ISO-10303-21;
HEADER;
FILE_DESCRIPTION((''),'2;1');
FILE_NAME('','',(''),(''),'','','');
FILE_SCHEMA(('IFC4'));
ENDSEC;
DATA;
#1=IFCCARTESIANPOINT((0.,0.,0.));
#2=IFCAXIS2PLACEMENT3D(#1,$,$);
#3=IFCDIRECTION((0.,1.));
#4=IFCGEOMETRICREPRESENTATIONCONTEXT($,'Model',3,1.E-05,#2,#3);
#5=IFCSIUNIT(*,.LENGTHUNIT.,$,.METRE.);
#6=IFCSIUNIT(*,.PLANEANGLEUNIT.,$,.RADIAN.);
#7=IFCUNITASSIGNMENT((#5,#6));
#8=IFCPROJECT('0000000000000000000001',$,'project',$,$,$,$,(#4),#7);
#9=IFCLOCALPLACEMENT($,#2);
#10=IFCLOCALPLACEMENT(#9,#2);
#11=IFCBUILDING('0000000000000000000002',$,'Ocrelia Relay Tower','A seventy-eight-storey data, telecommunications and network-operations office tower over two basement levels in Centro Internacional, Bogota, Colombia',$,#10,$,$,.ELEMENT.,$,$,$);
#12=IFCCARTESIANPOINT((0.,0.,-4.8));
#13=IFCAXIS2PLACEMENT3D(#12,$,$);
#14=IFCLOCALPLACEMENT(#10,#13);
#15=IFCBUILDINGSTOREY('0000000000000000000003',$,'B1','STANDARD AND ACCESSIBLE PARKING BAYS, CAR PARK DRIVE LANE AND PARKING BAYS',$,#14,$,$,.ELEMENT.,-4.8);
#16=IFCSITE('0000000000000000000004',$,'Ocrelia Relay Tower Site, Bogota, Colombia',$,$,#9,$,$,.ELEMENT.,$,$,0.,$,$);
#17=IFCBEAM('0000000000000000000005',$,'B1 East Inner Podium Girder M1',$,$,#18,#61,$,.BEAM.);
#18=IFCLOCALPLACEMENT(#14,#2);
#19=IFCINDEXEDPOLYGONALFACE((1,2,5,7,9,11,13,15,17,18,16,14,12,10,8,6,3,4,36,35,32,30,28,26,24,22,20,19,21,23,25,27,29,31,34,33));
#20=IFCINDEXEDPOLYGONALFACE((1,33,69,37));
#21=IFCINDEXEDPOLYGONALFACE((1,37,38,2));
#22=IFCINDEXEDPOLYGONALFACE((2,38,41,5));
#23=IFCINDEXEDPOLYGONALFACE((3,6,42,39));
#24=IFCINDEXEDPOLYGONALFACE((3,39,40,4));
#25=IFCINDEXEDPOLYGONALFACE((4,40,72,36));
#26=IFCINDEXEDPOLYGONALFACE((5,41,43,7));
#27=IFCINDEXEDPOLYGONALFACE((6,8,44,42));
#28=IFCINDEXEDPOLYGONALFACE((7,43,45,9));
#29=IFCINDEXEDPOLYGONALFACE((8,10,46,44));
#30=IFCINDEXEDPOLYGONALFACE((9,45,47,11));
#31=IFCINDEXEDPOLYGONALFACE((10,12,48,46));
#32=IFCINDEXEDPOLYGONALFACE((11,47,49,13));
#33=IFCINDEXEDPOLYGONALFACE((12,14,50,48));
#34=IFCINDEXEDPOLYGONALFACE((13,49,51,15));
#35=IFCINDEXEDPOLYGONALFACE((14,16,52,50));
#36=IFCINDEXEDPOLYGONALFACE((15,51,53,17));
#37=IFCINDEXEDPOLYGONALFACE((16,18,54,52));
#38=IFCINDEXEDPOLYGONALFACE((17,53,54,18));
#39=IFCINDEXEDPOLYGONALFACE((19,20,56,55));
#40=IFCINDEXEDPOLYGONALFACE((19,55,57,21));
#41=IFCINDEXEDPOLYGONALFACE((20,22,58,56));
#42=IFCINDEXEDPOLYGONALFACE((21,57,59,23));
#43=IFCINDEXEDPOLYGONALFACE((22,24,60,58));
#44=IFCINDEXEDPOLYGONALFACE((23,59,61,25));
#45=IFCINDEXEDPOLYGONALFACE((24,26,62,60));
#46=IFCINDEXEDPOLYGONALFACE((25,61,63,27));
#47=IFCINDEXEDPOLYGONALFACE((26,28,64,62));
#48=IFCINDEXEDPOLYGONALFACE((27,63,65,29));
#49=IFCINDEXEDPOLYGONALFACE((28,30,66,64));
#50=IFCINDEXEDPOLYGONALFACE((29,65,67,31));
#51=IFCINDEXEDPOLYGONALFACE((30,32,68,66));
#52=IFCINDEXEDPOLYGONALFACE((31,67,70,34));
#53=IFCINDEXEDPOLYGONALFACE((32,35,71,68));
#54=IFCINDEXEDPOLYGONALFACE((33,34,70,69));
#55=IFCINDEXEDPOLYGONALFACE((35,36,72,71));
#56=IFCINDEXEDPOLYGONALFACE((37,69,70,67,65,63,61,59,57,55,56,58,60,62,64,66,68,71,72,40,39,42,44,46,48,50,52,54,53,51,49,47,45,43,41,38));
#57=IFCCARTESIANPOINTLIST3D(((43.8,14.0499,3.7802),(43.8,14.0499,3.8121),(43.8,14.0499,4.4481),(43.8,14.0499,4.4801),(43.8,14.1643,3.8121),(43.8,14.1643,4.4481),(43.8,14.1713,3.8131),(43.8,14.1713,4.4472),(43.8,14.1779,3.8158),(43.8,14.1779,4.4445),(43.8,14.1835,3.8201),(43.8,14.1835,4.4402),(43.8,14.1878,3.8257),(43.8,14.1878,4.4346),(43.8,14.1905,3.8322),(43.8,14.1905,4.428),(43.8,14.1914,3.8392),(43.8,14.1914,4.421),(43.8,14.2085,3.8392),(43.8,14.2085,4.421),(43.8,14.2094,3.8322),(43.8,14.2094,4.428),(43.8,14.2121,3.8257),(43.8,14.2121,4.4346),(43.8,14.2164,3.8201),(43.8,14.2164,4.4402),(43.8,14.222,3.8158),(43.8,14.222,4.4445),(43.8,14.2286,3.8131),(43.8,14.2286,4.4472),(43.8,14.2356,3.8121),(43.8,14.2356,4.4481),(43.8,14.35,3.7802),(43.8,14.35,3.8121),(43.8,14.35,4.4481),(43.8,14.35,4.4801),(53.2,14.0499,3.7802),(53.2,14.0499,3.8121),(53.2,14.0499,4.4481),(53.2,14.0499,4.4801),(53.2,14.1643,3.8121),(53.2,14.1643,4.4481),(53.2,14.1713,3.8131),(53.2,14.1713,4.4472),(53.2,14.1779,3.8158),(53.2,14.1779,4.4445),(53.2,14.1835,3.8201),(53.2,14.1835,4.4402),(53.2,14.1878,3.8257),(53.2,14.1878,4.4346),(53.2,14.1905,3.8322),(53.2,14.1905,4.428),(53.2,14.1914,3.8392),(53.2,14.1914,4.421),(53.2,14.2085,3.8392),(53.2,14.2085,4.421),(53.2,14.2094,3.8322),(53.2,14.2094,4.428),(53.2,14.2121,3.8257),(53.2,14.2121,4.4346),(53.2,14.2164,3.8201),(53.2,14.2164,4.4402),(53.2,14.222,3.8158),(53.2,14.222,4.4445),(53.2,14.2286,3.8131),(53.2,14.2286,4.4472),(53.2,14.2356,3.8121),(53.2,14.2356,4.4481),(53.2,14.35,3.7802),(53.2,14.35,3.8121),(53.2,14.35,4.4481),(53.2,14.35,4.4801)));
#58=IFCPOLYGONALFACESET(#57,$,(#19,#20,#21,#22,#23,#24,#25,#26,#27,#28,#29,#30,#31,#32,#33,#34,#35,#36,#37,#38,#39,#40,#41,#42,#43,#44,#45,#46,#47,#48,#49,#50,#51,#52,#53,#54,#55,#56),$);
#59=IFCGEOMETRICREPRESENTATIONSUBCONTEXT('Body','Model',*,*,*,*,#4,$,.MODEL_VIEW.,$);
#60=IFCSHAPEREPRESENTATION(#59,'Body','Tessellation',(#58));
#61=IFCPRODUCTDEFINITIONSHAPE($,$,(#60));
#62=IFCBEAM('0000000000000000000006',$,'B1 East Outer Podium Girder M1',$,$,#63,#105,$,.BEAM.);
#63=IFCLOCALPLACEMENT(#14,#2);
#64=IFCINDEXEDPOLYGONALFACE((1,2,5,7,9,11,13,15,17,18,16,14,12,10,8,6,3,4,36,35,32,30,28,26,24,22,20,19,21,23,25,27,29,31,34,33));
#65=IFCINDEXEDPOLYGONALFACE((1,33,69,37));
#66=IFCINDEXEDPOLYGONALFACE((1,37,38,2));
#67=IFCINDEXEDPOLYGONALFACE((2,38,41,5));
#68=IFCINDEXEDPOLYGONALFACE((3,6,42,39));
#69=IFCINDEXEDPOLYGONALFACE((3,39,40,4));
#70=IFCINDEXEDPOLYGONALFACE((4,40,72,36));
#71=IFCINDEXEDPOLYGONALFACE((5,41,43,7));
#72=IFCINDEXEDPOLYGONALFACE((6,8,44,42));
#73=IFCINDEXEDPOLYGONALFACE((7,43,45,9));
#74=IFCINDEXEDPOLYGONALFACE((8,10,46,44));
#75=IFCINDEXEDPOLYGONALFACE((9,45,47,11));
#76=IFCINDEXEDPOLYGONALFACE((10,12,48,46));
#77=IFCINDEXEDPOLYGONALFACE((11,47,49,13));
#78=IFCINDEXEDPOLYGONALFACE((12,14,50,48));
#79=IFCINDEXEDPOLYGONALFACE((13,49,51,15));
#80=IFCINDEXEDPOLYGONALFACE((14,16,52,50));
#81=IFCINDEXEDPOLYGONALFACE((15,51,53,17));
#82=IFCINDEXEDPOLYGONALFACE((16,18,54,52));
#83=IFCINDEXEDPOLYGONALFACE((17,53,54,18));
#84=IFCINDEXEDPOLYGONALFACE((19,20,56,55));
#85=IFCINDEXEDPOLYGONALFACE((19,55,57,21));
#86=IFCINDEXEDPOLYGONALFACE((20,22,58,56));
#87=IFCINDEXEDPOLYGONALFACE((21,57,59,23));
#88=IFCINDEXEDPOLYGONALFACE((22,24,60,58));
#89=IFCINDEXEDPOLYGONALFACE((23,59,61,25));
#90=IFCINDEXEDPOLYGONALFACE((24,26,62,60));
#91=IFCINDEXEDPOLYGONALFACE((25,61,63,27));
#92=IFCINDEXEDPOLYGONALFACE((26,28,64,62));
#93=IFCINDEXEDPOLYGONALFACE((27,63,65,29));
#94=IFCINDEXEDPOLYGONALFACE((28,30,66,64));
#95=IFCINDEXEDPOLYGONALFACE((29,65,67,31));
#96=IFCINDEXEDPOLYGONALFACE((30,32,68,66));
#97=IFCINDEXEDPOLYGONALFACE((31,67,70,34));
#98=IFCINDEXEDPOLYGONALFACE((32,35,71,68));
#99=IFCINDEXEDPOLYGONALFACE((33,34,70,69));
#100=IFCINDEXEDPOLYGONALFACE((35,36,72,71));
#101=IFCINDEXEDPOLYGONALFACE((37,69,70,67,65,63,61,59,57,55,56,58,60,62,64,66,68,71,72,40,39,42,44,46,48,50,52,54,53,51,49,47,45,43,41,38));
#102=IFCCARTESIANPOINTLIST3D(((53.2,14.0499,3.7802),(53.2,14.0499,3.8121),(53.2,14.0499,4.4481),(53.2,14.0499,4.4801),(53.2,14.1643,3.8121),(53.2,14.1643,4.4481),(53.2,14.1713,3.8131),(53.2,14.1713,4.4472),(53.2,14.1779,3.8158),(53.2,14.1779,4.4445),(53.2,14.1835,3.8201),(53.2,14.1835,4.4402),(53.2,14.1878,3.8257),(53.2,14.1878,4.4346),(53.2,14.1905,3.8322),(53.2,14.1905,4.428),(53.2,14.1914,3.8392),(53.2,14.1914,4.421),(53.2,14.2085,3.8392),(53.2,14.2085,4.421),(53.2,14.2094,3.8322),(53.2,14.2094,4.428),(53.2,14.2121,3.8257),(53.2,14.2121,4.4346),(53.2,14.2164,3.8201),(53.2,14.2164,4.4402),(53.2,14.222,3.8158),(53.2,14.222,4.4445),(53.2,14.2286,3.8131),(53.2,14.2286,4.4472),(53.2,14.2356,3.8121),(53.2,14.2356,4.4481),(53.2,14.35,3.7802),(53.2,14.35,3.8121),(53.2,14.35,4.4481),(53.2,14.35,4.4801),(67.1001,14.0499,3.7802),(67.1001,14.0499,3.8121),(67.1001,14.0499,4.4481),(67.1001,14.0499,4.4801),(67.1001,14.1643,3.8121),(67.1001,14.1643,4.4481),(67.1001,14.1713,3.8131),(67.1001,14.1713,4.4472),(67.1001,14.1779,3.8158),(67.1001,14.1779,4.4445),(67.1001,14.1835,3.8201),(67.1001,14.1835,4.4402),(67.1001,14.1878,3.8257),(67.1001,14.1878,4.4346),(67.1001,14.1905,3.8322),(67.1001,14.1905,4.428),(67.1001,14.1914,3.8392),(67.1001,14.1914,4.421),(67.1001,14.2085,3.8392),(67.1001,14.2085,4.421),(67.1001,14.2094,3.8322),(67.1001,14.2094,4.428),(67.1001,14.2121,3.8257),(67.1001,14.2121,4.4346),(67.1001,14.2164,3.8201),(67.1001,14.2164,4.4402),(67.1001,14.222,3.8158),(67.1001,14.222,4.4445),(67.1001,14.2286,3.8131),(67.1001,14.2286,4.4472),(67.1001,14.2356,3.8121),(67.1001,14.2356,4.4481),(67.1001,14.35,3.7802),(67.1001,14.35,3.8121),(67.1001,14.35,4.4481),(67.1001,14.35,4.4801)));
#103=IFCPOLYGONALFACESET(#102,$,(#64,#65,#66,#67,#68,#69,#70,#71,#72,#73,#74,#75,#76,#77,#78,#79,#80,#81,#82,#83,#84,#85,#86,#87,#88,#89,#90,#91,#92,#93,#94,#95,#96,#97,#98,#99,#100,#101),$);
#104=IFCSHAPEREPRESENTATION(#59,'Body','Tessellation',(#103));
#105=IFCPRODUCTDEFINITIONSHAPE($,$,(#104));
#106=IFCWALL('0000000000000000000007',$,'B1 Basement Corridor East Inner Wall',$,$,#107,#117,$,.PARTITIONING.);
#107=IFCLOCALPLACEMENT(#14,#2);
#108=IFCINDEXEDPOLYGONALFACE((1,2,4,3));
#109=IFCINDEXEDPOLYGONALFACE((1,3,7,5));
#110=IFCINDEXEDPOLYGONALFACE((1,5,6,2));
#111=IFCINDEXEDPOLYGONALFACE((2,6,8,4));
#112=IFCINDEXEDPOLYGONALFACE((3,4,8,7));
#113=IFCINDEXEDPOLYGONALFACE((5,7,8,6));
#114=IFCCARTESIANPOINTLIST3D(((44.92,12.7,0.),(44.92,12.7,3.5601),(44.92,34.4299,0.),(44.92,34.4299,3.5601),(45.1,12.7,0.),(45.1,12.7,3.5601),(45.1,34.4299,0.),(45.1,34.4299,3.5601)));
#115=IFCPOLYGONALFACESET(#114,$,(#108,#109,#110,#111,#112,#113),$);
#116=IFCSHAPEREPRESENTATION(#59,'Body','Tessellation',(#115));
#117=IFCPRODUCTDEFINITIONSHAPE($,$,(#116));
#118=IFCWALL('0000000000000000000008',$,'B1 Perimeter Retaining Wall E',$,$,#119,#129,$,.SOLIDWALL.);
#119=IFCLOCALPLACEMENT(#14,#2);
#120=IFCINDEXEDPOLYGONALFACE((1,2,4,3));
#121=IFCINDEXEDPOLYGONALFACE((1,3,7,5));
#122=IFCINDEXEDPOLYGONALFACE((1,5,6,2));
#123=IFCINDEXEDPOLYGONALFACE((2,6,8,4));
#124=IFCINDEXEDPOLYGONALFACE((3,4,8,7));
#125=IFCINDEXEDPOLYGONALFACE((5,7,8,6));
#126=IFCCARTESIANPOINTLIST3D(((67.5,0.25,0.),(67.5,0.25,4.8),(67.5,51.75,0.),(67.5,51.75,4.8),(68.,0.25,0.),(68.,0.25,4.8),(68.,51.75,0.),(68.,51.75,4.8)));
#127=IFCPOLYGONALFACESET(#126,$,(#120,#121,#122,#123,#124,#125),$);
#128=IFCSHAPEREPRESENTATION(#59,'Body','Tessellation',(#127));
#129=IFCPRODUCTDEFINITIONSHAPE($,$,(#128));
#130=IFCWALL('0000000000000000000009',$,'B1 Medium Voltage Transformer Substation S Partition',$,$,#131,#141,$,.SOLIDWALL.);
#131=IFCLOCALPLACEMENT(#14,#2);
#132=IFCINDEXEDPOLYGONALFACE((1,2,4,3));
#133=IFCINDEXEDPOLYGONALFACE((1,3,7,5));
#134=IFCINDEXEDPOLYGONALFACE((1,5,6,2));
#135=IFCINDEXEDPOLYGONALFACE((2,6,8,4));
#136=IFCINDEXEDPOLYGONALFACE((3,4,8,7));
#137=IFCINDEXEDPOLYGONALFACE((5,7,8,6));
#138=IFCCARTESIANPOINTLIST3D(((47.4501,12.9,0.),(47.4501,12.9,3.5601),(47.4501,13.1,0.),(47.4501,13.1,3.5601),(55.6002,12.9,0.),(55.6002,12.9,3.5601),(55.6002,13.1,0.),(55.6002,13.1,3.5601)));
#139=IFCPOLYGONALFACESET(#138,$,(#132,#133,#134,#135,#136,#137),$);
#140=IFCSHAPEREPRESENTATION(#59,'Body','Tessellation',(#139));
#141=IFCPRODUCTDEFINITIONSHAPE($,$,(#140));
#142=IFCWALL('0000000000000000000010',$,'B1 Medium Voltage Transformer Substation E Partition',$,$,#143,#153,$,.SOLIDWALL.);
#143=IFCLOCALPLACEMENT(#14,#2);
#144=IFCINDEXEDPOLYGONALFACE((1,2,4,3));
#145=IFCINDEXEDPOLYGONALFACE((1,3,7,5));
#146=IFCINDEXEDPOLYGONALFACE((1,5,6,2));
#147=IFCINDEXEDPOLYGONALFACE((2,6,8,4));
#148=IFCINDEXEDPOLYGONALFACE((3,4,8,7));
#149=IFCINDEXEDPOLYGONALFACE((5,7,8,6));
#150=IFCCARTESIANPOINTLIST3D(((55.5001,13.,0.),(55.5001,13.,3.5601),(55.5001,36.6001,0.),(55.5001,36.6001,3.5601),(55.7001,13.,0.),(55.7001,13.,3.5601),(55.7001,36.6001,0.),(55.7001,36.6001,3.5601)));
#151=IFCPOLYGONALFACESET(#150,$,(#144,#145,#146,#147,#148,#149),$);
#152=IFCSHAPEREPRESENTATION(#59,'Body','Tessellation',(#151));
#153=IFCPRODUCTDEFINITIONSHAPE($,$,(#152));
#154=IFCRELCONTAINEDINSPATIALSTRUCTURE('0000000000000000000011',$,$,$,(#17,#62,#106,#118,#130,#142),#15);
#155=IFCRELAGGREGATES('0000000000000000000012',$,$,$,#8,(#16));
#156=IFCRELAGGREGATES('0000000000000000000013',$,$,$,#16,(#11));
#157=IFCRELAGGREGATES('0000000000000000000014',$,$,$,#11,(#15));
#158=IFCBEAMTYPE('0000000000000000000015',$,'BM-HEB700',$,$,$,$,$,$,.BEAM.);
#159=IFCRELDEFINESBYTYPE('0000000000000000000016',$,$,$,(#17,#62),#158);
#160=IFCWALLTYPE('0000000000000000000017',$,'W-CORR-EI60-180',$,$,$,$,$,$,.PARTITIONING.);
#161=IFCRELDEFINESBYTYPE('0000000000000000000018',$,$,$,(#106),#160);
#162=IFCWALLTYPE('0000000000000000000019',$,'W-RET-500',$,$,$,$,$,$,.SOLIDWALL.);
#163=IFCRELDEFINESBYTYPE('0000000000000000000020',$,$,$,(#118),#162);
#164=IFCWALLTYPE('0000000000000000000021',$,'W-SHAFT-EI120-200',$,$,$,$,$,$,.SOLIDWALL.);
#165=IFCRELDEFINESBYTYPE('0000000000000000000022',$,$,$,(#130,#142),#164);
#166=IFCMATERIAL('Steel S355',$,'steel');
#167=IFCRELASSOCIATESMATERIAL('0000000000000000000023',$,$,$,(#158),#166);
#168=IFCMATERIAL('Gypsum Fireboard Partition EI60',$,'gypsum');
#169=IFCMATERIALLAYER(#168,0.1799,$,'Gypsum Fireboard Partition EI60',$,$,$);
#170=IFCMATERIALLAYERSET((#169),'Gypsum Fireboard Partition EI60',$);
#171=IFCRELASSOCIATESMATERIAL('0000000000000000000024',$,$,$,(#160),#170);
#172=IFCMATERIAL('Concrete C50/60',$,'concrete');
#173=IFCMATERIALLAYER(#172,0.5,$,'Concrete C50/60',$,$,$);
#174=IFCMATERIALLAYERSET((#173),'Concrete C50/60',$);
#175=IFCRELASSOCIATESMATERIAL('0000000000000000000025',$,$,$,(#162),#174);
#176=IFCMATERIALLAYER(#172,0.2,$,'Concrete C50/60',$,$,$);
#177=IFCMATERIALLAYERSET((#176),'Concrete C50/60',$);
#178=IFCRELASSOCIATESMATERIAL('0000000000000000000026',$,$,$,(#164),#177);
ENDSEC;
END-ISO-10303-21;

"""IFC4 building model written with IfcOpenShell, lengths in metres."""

from ifc_helpers import new_model, si_unit, direction, frame, frame_2d, origin, origin_2d, place, context, subcontext, project, spatial, rectangle, i_section, extrude, material, layer, layer_set, material_profile, profile_set, type_object, element, save


model = new_model("IFC4")

# Units and contexts
model_context = context("Model", 3, precision=1e-05, world=origin(), true_north=direction((0.0, 1.0)))
body_context = subcontext(model_context, "Body", "Model", "MODEL_VIEW")
ifc_project = project(units=[si_unit("LENGTHUNIT", "METRE"), si_unit("PLANEANGLEUNIT", "RADIAN")], contexts=[model_context])

# Site, building, storey
site_placement = place(None, origin())
site = spatial("IfcSite", under=ifc_project, at=site_placement, Name="Ocrelia Relay Tower Site, Bogota, Colombia", CompositionType="ELEMENT", RefElevation=0.0)
building_placement = place(site_placement, origin())
building = spatial("IfcBuilding", under=site, at=building_placement, Name="Ocrelia Relay Tower", Description="A seventy-eight-storey data, telecommunications and network-operations office tower over two basement levels in Centro Internacional, Bogota, Colombia", CompositionType="ELEMENT")
storey_placement = place(building_placement, frame((0.0, 0.0, -4.8)))
storey = spatial("IfcBuildingStorey", under=building, at=storey_placement, Name="B1", Description="STANDARD AND ACCESSIBLE PARKING BAYS, CAR PARK DRIVE LANE AND PARKING BAYS", CompositionType="ELEMENT", Elevation=-4.8)

# Shared definitions
ifc_material_1 = material(Name="Concrete C50/60", Category="concrete")

# Beams
ifc_material_2 = material(Name="Steel S355", Category="steel")
ifc_material_profile_1 = material_profile(ifc_material_2, i_section(OverallWidth=0.3, OverallDepth=0.7, WebThickness=0.0171, FlangeThickness=0.032, FilletRadius=0.0271, at=origin_2d()), Name="HEB 700")
ifc_profile_set_1 = profile_set([ifc_material_profile_1], Name="Steel S355")
beam_type_1 = type_object("IfcBeamType", Name="BM-HEB700", PredefinedType="BEAM", material=ifc_profile_set_1)
beam_1_placement = place(storey_placement, frame((43.8, 14.2, 4.1301), z_axis=(1.0, 0.0, 0.0), x_axis=(0.0, 1.0, 0.0)))
element("IfcBeam", 1, at=beam_1_placement, inside=storey, type_object=beam_type_1, Name="B1 East Inner Podium Girder M1", PredefinedType="BEAM", context=body_context, shape_type="SweptSolid", body=[
    extrude(i_section(OverallWidth=0.3, OverallDepth=0.7, WebThickness=0.0171, FlangeThickness=0.032, FilletRadius=0.0271, at=origin_2d()), origin(), (0.0, 0.0, 1.0), 9.3999),
])
beam_2_placement = place(storey_placement, frame((53.2, 14.2, 4.1301), z_axis=(1.0, 0.0, 0.0), x_axis=(0.0, 1.0, 0.0)))
element("IfcBeam", 2, at=beam_2_placement, inside=storey, type_object=beam_type_1, Name="B1 East Outer Podium Girder M1", PredefinedType="BEAM", context=body_context, shape_type="SweptSolid", body=[
    extrude(i_section(OverallWidth=0.3, OverallDepth=0.7, WebThickness=0.0171, FlangeThickness=0.032, FilletRadius=0.0271, at=origin_2d()), origin(), (0.0, 0.0, 1.0), 13.9001),
])

# Wall
ifc_material_3 = material(Name="Gypsum Fireboard Partition EI60", Category="gypsum")
ifc_layer_1 = layer(ifc_material_3, 0.1799, Name="Gypsum Fireboard Partition EI60")
ifc_layer_set_1 = layer_set([ifc_layer_1], Name="Gypsum Fireboard Partition EI60")
wall_type_1 = type_object("IfcWallType", Name="W-CORR-EI60-180", PredefinedType="PARTITIONING", material=ifc_layer_set_1)
wall_1_placement = place(storey_placement, frame((45.01, 12.7, 0.0), z_axis=(0.0, 0.0, 1.0), x_axis=(0.0, 1.0, 0.0)))
element("IfcWall", 3, at=wall_1_placement, inside=storey, type_object=wall_type_1, Name="B1 Basement Corridor East Inner Wall", PredefinedType="PARTITIONING", context=body_context, shape_type="SweptSolid", body=[
    extrude(rectangle(XDim=21.73, YDim=0.1799, at=frame_2d((10.865, 0.0))), origin(), (0.0, 0.0, 1.0), 3.5601),
])

# Walls
ifc_layer_2 = layer(ifc_material_1, 0.5, Name="Concrete C50/60")
ifc_layer_set_2 = layer_set([ifc_layer_2], Name="Concrete C50/60")
wall_type_2 = type_object("IfcWallType", Name="W-RET-500", PredefinedType="SOLIDWALL", material=ifc_layer_set_2)
wall_2_placement = place(storey_placement, frame((67.75, 0.25, 0.0), z_axis=(0.0, 0.0, 1.0), x_axis=(0.0, 1.0, 0.0)))
element("IfcWall", 4, at=wall_2_placement, inside=storey, type_object=wall_type_2, Name="B1 Perimeter Retaining Wall E", PredefinedType="SOLIDWALL", context=body_context, shape_type="SweptSolid", body=[
    extrude(rectangle(XDim=51.5, YDim=0.5, at=frame_2d((25.75, 0.0))), origin(), (0.0, 0.0, 1.0), 4.8),
])
ifc_layer_3 = layer(ifc_material_1, 0.2, Name="Concrete C50/60")
ifc_layer_set_3 = layer_set([ifc_layer_3], Name="Concrete C50/60")
wall_type_3 = type_object("IfcWallType", Name="W-SHAFT-EI120-200", PredefinedType="SOLIDWALL", material=ifc_layer_set_3)
wall_3_placement = place(storey_placement, frame((47.45, 13.0, 0.0), z_axis=(0.0, 0.0, 1.0), x_axis=(1.0, 0.0, 0.0)))
element("IfcWall", 5, at=wall_3_placement, inside=storey, type_object=wall_type_3, Name="B1 Medium Voltage Transformer Substation S Partition", PredefinedType="SOLIDWALL", context=body_context, shape_type="SweptSolid", body=[
    extrude(rectangle(XDim=8.1501, YDim=0.2, at=frame_2d((4.0752, 0.0))), origin(), (0.0, 0.0, 1.0), 3.5601),
])
wall_4_placement = place(storey_placement, frame((55.6001, 13.0, 0.0), z_axis=(0.0, 0.0, 1.0), x_axis=(0.0, 1.0, 0.0)))
element("IfcWall", 6, at=wall_4_placement, inside=storey, type_object=wall_type_3, Name="B1 Medium Voltage Transformer Substation E Partition", PredefinedType="SOLIDWALL", context=body_context, shape_type="SweptSolid", body=[
    extrude(rectangle(XDim=23.6001, YDim=0.2, at=frame_2d((11.8, 0.0))), origin(), (0.0, 0.0, 1.0), 3.5601),
])

save(model, "model.ifc")
